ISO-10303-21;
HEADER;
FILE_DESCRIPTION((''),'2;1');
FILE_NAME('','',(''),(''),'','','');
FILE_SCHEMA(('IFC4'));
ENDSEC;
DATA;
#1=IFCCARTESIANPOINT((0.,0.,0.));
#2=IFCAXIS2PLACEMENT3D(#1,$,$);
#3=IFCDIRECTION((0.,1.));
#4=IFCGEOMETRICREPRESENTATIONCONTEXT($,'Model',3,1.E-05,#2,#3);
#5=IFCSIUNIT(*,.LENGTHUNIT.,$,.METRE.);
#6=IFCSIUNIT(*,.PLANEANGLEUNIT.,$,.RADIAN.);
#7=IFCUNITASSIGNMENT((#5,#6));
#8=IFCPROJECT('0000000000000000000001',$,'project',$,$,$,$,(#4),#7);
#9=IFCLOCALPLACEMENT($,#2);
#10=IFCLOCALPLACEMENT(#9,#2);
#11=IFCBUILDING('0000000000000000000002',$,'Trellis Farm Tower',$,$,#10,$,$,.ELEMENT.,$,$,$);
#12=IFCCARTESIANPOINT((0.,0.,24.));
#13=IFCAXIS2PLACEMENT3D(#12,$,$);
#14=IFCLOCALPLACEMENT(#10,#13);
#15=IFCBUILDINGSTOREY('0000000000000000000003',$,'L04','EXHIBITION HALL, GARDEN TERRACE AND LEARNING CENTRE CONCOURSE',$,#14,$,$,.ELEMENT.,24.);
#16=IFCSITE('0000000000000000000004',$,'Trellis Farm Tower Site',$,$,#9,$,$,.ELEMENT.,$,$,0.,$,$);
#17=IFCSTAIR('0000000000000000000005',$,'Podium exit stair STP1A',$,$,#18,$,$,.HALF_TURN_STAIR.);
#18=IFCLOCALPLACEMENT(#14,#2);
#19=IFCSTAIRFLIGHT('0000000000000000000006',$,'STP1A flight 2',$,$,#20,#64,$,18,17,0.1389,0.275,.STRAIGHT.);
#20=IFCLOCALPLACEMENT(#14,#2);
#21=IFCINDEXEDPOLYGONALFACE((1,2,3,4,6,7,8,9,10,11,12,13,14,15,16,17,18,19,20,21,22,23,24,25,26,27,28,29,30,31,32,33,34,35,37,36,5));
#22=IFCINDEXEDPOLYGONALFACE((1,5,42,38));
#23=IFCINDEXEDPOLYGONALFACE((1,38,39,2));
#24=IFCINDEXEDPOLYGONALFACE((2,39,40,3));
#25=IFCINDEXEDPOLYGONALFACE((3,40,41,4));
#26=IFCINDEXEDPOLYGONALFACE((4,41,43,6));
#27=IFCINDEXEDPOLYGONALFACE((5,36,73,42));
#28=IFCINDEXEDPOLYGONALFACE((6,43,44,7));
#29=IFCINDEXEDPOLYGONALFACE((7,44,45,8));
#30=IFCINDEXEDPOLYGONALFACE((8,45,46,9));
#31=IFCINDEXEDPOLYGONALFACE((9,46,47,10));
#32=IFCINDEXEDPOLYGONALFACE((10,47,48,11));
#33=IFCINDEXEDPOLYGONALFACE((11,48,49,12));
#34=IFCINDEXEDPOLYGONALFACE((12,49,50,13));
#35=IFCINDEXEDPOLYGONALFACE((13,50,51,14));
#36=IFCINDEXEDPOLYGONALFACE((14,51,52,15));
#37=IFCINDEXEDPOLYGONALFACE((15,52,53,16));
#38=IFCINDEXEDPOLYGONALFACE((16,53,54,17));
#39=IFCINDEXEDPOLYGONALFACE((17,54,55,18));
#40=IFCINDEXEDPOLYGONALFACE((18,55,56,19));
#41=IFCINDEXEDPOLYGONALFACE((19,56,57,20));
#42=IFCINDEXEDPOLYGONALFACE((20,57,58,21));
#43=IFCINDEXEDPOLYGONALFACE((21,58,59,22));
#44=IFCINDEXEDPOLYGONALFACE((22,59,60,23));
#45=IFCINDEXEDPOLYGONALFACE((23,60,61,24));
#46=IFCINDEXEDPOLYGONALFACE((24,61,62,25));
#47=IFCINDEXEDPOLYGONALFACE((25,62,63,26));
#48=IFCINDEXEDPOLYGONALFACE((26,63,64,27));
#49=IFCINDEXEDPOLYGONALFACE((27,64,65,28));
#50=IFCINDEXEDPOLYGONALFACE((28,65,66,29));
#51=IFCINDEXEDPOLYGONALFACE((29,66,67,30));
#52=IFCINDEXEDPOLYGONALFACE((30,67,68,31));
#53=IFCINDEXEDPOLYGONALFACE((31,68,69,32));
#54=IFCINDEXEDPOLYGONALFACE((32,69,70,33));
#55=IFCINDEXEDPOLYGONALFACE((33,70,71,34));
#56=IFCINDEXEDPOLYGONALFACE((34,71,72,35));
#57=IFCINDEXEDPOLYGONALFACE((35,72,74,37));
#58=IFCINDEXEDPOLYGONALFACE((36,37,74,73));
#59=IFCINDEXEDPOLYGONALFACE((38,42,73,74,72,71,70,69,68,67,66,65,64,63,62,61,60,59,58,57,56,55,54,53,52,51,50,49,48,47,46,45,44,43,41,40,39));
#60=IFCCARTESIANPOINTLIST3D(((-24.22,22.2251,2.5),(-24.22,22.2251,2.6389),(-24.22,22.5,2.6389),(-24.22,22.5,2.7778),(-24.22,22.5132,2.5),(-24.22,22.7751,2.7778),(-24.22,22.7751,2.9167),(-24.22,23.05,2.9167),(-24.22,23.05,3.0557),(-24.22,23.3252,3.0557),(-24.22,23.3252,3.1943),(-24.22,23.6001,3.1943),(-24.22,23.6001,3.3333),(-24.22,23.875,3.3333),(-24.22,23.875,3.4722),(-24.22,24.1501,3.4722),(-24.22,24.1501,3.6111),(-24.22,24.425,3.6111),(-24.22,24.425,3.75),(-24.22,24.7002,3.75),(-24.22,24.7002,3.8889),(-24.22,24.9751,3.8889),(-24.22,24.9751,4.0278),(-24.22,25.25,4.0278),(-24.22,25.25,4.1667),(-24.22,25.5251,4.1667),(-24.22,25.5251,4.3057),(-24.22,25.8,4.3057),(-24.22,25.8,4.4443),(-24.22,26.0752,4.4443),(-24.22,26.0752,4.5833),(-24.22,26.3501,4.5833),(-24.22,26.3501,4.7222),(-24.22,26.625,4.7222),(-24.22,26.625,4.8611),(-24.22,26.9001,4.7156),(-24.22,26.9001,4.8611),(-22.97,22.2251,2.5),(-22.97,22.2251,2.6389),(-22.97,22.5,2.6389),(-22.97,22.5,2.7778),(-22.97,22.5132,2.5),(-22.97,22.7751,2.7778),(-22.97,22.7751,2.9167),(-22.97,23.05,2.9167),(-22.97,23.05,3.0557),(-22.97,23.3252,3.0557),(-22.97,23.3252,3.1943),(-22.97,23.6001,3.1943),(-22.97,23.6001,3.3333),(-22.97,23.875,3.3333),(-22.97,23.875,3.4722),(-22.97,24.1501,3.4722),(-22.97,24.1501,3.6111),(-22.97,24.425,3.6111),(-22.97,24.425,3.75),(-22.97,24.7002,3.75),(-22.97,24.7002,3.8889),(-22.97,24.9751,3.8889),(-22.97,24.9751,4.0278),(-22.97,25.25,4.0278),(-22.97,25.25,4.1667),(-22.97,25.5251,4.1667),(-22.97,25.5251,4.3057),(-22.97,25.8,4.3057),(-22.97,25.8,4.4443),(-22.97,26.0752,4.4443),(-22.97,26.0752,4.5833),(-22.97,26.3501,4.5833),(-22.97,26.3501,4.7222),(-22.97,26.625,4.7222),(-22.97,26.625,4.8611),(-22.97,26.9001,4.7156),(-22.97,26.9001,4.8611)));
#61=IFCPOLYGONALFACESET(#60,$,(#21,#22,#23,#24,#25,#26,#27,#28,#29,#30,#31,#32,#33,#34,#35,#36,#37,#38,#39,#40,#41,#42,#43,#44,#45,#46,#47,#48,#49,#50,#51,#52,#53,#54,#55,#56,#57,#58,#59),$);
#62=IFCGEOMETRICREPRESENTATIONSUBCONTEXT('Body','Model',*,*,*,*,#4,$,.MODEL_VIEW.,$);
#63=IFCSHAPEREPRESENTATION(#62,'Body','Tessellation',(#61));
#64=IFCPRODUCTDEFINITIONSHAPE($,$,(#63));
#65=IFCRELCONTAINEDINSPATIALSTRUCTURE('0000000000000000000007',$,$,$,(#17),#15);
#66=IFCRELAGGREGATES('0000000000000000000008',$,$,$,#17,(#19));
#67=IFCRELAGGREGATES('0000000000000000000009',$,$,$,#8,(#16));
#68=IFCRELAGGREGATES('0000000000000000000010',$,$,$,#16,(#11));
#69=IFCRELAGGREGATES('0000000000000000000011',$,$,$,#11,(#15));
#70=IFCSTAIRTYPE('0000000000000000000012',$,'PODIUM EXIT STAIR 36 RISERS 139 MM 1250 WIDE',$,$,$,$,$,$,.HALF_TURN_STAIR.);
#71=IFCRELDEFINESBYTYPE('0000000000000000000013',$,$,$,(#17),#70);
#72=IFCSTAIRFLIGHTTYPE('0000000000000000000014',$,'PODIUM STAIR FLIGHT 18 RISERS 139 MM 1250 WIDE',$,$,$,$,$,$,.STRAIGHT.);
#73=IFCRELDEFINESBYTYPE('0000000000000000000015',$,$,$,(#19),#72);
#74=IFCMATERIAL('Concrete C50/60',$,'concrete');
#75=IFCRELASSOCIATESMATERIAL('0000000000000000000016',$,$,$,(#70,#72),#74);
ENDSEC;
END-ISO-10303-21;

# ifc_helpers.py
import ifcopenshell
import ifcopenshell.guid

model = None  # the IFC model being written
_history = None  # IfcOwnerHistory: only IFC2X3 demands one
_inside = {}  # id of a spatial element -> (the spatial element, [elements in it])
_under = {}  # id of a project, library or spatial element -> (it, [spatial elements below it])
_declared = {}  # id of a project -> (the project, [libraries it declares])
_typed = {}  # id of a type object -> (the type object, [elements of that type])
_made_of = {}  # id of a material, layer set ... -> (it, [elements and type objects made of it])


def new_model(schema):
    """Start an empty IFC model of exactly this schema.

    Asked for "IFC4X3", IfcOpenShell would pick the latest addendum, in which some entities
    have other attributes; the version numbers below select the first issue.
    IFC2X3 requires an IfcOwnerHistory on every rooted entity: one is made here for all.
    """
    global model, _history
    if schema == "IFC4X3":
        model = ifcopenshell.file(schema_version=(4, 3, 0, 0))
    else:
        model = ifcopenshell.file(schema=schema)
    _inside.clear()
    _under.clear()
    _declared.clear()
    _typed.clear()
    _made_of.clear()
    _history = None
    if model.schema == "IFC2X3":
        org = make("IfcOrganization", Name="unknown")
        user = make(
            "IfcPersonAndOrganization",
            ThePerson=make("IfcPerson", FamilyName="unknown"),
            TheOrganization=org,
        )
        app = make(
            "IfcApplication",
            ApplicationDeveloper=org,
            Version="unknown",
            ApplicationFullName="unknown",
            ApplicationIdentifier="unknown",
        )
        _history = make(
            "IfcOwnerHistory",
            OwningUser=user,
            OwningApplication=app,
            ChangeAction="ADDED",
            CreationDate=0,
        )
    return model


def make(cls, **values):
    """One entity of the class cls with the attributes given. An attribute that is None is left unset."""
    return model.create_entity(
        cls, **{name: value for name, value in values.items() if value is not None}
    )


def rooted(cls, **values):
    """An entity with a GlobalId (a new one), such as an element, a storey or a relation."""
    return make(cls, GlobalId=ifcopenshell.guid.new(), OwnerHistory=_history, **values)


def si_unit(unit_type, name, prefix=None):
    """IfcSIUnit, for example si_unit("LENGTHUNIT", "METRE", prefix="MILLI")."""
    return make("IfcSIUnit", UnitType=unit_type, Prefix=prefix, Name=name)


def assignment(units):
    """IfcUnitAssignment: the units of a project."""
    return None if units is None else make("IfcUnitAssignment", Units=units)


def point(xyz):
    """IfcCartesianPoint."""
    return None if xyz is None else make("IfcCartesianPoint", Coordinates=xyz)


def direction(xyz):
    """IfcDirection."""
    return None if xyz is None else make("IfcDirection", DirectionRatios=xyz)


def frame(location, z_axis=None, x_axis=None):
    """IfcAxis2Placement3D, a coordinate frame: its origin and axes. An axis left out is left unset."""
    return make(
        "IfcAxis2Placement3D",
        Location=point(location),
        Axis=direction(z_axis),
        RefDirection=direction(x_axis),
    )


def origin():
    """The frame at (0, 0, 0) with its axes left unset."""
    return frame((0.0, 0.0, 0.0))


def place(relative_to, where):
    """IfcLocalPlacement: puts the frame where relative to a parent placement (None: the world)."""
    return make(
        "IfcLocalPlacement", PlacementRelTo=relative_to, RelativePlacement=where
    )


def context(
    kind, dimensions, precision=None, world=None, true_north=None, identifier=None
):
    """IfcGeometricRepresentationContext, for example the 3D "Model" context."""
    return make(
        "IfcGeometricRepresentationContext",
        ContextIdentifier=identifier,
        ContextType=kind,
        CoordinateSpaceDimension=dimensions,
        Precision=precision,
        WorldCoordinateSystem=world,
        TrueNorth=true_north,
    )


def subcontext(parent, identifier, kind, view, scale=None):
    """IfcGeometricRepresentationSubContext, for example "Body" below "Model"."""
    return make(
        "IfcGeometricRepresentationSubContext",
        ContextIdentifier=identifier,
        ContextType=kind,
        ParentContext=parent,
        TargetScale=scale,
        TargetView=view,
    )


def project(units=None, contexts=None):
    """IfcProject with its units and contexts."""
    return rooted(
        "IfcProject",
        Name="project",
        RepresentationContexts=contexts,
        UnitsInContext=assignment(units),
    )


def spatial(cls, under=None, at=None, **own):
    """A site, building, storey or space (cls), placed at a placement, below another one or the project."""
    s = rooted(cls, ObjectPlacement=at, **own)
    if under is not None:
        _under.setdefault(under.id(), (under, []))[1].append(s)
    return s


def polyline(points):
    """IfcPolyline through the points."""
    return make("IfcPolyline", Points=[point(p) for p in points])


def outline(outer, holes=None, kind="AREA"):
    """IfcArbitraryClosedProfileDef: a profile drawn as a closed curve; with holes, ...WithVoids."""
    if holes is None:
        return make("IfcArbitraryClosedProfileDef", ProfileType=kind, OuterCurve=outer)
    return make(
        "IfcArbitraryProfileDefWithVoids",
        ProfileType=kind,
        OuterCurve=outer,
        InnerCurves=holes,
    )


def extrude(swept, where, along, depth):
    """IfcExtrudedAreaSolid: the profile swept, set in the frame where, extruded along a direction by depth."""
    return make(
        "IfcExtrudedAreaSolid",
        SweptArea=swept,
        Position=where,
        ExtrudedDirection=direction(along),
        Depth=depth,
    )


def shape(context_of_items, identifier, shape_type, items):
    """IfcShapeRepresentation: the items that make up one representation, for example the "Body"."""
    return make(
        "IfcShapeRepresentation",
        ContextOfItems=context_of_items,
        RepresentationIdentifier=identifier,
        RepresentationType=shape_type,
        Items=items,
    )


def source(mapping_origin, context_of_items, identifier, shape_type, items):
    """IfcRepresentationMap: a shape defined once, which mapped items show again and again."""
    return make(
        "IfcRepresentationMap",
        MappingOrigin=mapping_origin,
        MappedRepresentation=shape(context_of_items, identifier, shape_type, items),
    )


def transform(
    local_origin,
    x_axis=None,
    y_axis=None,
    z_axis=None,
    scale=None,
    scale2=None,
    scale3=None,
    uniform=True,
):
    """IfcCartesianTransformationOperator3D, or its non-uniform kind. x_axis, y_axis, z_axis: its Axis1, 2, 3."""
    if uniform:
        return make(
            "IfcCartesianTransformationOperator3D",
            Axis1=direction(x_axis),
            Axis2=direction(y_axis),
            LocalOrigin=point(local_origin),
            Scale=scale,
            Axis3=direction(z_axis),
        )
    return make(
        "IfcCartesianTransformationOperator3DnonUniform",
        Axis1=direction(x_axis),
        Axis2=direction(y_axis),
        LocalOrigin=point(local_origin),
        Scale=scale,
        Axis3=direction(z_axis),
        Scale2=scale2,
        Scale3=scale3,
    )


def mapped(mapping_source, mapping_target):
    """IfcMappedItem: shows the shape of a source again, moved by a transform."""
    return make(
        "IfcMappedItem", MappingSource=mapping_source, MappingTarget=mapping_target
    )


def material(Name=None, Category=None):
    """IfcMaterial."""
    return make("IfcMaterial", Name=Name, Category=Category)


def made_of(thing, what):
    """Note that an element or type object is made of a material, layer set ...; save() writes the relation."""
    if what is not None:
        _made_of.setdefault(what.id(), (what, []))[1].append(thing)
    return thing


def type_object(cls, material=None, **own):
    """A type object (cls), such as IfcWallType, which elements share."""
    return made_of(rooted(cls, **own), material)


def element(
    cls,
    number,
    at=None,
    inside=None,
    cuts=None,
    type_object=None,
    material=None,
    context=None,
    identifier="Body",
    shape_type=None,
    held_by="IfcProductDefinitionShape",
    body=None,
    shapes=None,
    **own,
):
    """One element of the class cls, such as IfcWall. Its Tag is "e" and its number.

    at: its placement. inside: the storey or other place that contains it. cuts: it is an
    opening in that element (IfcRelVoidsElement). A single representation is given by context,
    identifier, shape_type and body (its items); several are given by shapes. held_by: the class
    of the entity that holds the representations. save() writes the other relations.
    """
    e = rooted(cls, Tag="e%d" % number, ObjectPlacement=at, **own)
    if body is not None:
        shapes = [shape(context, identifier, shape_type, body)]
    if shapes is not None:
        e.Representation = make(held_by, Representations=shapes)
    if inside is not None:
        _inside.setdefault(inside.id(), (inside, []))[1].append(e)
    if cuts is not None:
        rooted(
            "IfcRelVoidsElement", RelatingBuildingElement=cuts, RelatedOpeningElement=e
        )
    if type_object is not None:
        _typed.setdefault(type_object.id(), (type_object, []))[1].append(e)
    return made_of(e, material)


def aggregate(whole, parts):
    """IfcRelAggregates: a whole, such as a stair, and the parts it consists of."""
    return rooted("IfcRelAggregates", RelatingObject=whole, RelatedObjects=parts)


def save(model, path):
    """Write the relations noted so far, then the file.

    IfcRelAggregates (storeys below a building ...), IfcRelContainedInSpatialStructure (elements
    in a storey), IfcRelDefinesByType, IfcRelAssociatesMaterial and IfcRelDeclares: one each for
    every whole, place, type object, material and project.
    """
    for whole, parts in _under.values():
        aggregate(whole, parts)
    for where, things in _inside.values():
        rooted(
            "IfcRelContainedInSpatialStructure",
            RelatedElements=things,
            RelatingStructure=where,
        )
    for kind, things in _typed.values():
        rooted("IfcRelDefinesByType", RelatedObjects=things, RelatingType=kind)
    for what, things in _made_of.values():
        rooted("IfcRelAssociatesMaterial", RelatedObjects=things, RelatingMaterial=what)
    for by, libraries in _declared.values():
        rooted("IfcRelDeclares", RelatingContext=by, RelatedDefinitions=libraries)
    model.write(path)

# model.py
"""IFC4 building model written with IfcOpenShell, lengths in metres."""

from ifc_helpers import new_model, si_unit, direction, frame, origin, place, context, subcontext, project, spatial, polyline, outline, extrude, source, transform, mapped, material, type_object, element, aggregate, save


model = new_model("IFC4")

# Units and contexts
model_context = context("Model", 3, precision=1e-05, world=origin(), true_north=direction((0.0, 1.0)))
body_context = subcontext(model_context, "Body", "Model", "MODEL_VIEW")
ifc_project = project(units=[si_unit("LENGTHUNIT", "METRE"), si_unit("PLANEANGLEUNIT", "RADIAN")], contexts=[model_context])

# Site, building, storey
site_placement = place(None, origin())
site = spatial("IfcSite", under=ifc_project, at=site_placement, Name="Trellis Farm Tower Site", CompositionType="ELEMENT", RefElevation=0.0)
building_placement = place(site_placement, origin())
building = spatial("IfcBuilding", under=site, at=building_placement, Name="Trellis Farm Tower", CompositionType="ELEMENT")
storey_placement = place(building_placement, frame((0.0, 0.0, 24.0)))
storey = spatial("IfcBuildingStorey", under=building, at=storey_placement, Name="L04", Description="EXHIBITION HALL, GARDEN TERRACE AND LEARNING CENTRE CONCOURSE", CompositionType="ELEMENT", Elevation=24.0)

# Stair, stair flight
ifc_material_1 = material(Name="Concrete C50/60", Category="concrete")
stair_type = type_object("IfcStairType", Name="PODIUM EXIT STAIR 36 RISERS 139 MM 1250 WIDE", PredefinedType="HALF_TURN_STAIR", material=ifc_material_1)
stair_placement = place(storey_placement, origin())
stair = element("IfcStair", 1, at=stair_placement, inside=storey, type_object=stair_type, Name="Podium exit stair STP1A", PredefinedType="HALF_TURN_STAIR")
stair_flight_type = type_object("IfcStairFlightType", Name="PODIUM STAIR FLIGHT 18 RISERS 139 MM 1250 WIDE", PredefinedType="STRAIGHT", material=ifc_material_1)
shared_shape_1 = source(origin(), body_context, "Body", "SweptSolid", [
    extrude(outline(polyline([(0.0, 0.0), (0.0, 0.1389), (0.2749, 0.1389), (0.2749, 0.2778), (0.55, 0.2778), (0.55, 0.4167), (0.825, 0.4167), (0.825, 0.5557), (1.1001, 0.5557), (1.1001, 0.6943), (1.375, 0.6943), (1.375, 0.8333), (1.6499, 0.8333), (1.6499, 0.9722), (1.925, 0.9722), (1.925, 1.1111), (2.2, 1.1111), (2.2, 1.25), (2.4751, 1.25), (2.4751, 1.3889), (2.75, 1.3889), (2.75, 1.5278), (3.0249, 1.5278), (3.0249, 1.6667), (3.3, 1.6667), (3.3, 1.8057), (3.575, 1.8057), (3.575, 1.9443), (3.8501, 1.9443), (3.8501, 2.0833), (4.125, 2.0833), (4.125, 2.2222), (4.3999, 2.2222), (4.3999, 2.3611), (4.675, 2.3611), (4.675, 2.5), (4.675, 2.2156), (0.2881, 0.0), (0.0, 0.0)])), frame((0.0, 0.625, 0.0), z_axis=(0.0, -1.0, 0.0), x_axis=(1.0, 0.0, 0.0)), (0.0, 0.0, 1.0), 1.25),
])
stair_flight_1_placement = place(storey_placement, frame((-23.595, 22.2251, 2.5), z_axis=(0.0, 0.0, 1.0), x_axis=(0.0, 1.0, 0.0)))
stair_flight_1 = element("IfcStairFlight", 2, at=stair_flight_1_placement, type_object=stair_flight_type, Name="STP1A flight 2", NumberOfRisers=18, NumberOfTreads=17, PredefinedType="STRAIGHT", RiserHeight=0.1389, TreadLength=0.275, context=body_context, shape_type="MappedRepresentation", body=[
    mapped(shared_shape_1, transform((0.0, 0.0, 0.0))),
])
aggregate(stair, [stair_flight_1])

save(model, "model.ifc")
